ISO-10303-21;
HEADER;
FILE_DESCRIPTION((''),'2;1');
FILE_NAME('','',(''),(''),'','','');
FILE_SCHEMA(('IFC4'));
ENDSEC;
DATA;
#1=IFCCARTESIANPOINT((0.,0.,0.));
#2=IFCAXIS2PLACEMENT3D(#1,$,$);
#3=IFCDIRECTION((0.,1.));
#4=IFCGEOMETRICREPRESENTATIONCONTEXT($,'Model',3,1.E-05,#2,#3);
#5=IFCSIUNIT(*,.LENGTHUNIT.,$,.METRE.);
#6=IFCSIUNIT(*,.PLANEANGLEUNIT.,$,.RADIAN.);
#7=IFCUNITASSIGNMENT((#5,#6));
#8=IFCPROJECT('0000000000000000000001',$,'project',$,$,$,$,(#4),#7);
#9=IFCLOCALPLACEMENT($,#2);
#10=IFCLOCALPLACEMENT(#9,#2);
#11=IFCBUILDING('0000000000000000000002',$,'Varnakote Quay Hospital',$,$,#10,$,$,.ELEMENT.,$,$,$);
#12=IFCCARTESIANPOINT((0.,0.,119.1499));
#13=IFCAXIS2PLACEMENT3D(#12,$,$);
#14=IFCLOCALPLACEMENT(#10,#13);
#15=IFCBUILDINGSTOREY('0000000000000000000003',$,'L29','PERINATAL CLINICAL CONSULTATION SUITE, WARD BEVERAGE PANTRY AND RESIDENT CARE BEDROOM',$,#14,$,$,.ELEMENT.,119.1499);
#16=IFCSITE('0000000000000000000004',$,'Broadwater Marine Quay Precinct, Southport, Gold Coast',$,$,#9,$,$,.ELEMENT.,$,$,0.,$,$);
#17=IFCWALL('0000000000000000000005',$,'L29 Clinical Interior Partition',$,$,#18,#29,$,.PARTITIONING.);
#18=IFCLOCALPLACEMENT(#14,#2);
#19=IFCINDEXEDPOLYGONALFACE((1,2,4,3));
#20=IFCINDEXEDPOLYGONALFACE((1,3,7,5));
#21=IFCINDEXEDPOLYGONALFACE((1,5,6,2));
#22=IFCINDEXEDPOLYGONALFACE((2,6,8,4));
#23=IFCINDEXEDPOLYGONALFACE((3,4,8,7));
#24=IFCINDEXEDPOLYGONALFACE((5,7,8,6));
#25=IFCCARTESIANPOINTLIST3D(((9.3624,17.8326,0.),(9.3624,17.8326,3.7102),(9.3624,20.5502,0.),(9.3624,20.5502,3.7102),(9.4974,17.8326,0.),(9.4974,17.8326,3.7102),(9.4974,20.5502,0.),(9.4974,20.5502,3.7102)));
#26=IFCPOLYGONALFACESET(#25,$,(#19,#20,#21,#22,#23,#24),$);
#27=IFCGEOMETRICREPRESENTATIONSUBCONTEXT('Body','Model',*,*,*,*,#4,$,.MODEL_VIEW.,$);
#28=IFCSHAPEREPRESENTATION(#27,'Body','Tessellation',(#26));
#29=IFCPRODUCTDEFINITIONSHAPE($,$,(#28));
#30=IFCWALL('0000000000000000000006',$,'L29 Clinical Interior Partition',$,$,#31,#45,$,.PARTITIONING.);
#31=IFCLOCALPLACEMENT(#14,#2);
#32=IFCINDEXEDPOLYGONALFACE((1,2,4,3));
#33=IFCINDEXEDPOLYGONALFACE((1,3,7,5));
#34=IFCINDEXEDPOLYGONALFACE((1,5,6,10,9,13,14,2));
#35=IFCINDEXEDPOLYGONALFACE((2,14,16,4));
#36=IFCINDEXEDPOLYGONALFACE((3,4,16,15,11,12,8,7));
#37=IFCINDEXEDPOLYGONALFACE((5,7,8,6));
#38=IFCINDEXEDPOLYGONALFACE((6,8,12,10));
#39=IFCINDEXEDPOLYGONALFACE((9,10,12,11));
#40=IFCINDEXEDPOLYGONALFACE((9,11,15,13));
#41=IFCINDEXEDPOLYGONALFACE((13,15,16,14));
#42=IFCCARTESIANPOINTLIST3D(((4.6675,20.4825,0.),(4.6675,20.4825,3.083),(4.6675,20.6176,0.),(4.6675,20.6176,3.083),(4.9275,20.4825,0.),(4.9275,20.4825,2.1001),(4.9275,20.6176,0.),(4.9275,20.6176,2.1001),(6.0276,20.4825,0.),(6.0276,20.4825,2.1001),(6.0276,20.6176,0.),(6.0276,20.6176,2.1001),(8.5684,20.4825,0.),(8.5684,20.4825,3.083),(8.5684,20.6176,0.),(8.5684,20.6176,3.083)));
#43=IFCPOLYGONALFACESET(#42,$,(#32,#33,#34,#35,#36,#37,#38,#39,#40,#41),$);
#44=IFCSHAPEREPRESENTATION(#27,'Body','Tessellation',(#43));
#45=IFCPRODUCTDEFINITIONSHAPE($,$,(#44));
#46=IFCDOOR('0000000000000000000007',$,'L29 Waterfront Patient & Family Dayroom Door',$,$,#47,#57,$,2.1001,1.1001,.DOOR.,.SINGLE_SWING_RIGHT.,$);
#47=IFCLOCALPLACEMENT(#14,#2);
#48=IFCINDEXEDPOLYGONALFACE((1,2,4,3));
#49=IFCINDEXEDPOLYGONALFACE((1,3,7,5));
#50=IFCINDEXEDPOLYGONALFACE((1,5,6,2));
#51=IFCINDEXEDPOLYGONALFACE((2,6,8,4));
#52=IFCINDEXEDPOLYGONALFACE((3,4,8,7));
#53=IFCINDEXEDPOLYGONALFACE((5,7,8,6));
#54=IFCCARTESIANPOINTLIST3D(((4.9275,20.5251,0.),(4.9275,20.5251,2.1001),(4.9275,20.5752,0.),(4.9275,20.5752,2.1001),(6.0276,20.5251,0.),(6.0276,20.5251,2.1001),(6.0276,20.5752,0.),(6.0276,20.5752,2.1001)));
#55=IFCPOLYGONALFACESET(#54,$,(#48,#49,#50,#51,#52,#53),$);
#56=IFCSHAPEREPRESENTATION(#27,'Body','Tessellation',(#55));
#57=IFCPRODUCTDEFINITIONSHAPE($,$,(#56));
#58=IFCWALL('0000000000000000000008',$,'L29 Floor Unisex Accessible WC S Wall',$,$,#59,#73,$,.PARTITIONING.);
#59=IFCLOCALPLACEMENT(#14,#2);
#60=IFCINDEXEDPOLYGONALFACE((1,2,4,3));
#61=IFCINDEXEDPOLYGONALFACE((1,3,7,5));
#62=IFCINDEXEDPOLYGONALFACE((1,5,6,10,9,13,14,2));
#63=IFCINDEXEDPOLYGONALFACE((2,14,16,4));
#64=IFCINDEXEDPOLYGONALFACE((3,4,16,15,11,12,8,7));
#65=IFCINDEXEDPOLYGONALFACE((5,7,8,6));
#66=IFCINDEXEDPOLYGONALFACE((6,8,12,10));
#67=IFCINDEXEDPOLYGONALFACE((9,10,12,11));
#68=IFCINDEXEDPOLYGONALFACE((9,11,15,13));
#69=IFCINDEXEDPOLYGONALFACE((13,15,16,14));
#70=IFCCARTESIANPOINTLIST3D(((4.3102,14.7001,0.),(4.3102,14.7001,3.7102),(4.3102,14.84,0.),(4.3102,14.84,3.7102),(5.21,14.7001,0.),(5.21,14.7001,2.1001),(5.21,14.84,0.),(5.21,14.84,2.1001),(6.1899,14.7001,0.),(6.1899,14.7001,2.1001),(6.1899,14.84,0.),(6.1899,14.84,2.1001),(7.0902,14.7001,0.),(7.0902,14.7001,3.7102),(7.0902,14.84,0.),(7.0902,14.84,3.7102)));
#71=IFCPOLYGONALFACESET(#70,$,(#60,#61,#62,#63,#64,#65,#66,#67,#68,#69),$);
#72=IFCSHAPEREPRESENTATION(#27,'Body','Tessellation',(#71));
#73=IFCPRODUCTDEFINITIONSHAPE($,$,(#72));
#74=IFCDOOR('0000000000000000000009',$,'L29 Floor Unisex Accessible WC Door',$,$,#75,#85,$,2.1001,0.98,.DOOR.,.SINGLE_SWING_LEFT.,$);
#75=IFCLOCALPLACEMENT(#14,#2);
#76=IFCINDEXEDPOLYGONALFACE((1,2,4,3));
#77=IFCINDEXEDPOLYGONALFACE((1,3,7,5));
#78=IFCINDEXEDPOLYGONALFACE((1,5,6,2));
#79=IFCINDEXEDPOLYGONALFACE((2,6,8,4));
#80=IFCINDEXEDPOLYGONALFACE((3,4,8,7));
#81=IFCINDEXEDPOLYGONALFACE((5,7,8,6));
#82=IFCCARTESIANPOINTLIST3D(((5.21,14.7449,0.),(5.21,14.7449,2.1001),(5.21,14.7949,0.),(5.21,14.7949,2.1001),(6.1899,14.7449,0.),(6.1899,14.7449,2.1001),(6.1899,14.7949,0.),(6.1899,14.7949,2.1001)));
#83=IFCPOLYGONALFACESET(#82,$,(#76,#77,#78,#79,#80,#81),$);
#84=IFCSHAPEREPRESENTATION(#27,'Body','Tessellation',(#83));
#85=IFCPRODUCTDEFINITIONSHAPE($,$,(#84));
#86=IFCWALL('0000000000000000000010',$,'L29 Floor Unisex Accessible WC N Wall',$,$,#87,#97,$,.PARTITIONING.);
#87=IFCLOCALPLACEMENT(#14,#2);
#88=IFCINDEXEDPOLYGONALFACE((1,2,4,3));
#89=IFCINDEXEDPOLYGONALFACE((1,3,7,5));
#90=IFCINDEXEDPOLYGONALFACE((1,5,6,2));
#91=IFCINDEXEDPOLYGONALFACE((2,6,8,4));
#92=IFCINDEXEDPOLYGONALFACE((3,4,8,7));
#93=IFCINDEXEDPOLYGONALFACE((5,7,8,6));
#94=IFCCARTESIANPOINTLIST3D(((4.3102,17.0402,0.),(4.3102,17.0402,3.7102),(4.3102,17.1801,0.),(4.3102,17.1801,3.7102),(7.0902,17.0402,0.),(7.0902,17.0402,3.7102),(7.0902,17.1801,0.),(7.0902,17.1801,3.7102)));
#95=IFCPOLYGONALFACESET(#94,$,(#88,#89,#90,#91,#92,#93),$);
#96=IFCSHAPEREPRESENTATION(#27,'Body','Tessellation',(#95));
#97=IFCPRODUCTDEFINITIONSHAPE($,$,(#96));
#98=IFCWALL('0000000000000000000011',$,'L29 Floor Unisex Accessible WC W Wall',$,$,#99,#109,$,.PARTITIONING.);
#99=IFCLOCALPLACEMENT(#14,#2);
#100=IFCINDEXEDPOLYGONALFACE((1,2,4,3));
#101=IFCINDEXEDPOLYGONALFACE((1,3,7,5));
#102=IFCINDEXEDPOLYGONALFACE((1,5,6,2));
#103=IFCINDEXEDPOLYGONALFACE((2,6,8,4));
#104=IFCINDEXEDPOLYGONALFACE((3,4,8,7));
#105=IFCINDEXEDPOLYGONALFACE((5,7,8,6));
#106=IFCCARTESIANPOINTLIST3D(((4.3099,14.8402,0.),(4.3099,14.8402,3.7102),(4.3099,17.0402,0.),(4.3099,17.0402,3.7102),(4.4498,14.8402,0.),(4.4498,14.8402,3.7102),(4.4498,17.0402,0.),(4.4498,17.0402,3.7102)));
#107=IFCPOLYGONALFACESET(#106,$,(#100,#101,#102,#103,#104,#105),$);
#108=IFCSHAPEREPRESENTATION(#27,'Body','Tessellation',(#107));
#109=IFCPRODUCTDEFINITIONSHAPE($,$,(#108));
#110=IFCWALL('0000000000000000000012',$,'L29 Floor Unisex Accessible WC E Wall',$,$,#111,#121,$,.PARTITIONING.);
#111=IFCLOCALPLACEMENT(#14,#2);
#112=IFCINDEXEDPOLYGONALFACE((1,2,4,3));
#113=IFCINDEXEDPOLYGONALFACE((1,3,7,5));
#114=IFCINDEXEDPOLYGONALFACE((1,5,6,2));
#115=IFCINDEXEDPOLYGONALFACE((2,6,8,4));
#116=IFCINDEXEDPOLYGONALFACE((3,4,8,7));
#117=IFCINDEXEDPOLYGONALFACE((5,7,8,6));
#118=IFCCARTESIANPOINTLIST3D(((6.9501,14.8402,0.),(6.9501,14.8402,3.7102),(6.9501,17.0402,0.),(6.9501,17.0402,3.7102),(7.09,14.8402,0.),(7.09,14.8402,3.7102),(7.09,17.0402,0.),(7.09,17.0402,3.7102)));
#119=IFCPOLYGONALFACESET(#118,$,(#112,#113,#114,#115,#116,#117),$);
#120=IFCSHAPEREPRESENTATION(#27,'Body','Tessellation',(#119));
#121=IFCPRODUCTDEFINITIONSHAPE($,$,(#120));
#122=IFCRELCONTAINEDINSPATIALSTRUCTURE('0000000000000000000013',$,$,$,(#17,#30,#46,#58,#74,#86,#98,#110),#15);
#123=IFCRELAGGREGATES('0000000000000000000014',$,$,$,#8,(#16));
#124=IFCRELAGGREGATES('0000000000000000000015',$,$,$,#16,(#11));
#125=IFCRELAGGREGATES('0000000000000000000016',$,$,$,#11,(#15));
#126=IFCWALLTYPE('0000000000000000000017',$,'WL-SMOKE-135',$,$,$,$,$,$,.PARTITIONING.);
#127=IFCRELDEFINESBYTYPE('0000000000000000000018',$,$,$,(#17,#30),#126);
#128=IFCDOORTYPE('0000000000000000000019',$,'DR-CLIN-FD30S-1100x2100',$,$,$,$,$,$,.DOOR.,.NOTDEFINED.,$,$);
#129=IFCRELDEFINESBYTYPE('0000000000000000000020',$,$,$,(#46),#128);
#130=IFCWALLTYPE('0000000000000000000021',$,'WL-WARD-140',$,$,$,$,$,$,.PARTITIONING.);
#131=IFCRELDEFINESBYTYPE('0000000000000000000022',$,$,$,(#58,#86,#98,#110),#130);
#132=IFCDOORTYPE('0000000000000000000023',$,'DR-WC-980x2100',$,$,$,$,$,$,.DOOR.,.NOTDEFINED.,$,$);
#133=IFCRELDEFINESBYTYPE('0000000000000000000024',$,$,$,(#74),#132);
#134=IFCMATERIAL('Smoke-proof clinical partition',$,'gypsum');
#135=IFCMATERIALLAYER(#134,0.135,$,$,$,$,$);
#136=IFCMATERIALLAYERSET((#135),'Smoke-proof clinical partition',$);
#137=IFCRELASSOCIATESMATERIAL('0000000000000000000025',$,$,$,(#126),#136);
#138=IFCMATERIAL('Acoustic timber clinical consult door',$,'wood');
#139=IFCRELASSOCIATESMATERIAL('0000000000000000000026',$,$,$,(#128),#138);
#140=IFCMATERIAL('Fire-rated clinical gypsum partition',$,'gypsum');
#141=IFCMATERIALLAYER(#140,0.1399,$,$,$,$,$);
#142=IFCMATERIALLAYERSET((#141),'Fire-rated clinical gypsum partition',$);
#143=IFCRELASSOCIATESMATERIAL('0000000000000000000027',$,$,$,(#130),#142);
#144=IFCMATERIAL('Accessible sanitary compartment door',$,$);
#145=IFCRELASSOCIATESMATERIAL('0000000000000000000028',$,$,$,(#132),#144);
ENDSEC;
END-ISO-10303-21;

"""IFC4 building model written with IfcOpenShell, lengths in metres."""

from ifc_helpers import new_model, si_unit, direction, frame, frame_2d, origin, place, context, subcontext, project, spatial, rectangle, extrude, material, layer, layer_set, type_object, element, fill, save


model = new_model("IFC4")

# Units and contexts
model_context = context("Model", 3, precision=1e-05, world=origin(), true_north=direction((0.0, 1.0)))
body_context = subcontext(model_context, "Body", "Model", "MODEL_VIEW")
ifc_project = project(units=[si_unit("LENGTHUNIT", "METRE"), si_unit("PLANEANGLEUNIT", "RADIAN")], contexts=[model_context])

# Site, building, storey
site_placement = place(None, origin())
site = spatial("IfcSite", under=ifc_project, at=site_placement, Name="Broadwater Marine Quay Precinct, Southport, Gold Coast", CompositionType="ELEMENT", RefElevation=0.0)
building_placement = place(site_placement, origin())
building = spatial("IfcBuilding", under=site, at=building_placement, Name="Varnakote Quay Hospital", CompositionType="ELEMENT")
storey_placement = place(building_placement, frame((0.0, 0.0, 119.1499)))
storey = spatial("IfcBuildingStorey", under=building, at=storey_placement, Name="L29", Description="PERINATAL CLINICAL CONSULTATION SUITE, WARD BEVERAGE PANTRY AND RESIDENT CARE BEDROOM", CompositionType="ELEMENT", Elevation=119.1499)

# Wall
ifc_material_1 = material(Name="Smoke-proof clinical partition", Category="gypsum")
ifc_layer_1 = layer(ifc_material_1, 0.135)
ifc_layer_set_1 = layer_set([ifc_layer_1], Name="Smoke-proof clinical partition")
wall_type_1 = type_object("IfcWallType", Name="WL-SMOKE-135", PredefinedType="PARTITIONING", material=ifc_layer_set_1)
wall_1_placement = place(storey_placement, frame((9.4299, 17.8325, 0.0), z_axis=(0.0, 0.0, 1.0), x_axis=(0.0, 1.0, 0.0)))
element("IfcWall", 1, at=wall_1_placement, inside=storey, type_object=wall_type_1, Name="L29 Clinical Interior Partition", PredefinedType="PARTITIONING", context=body_context, shape_type="SweptSolid", body=[
    extrude(rectangle(XDim=2.7175, YDim=0.135, at=frame_2d((1.3589, 0.0))), origin(), (0.0, 0.0, 1.0), 3.7102),
])

# Walls, openings, doors
wall_2_placement = place(storey_placement, frame((8.5684, 20.55, 0.0), z_axis=(0.0, 0.0, 1.0), x_axis=(-1.0, 0.0, 0.0)))
wall_2 = element("IfcWall", 2, at=wall_2_placement, inside=storey, type_object=wall_type_1, Name="L29 Clinical Interior Partition", PredefinedType="PARTITIONING", context=body_context, shape_type="SweptSolid", body=[
    extrude(rectangle(XDim=3.9009, YDim=0.135, at=frame_2d((1.9504, 0.0))), origin(), (0.0, 0.0, 1.0), 3.083),
])
opening_1_placement = place(wall_2_placement, frame((2.5408, 0.0, 0.0)))
opening_1 = element("IfcOpeningElement", 3, at=opening_1_placement, cuts=wall_2, PredefinedType="OPENING", context=body_context, shape_type="SweptSolid", body=[
    extrude(rectangle(XDim=1.1001, YDim=2.1001, at=frame_2d((0.55, 1.05))), frame((0.0, 0.0774, 0.0), z_axis=(0.0, -1.0, 0.0), x_axis=(1.0, 0.0, 0.0)), (0.0, 0.0, 1.0), 0.155),
])
ifc_material_2 = material(Name="Acoustic timber clinical consult door", Category="wood")
door_type_1 = type_object("IfcDoorType", Name="DR-CLIN-FD30S-1100x2100", OperationType="NOTDEFINED", PredefinedType="DOOR", material=ifc_material_2)
door_1_placement = place(opening_1_placement, origin())
door_1 = element("IfcDoor", 4, at=door_1_placement, inside=storey, type_object=door_type_1, Name="L29 Waterfront Patient & Family Dayroom Door", OperationType="SINGLE_SWING_RIGHT", OverallHeight=2.1001, OverallWidth=1.1001, PredefinedType="DOOR", context=body_context, shape_type="SweptSolid", body=[
    extrude(rectangle(XDim=1.1001, YDim=2.1001, at=frame_2d((0.55, 1.05))), frame((0.0, 0.0249, 0.0), z_axis=(0.0, -1.0, 0.0), x_axis=(1.0, 0.0, 0.0)), (0.0, 0.0, 1.0), 0.05),
])
fill(opening_1, door_1)
ifc_material_3 = material(Name="Fire-rated clinical gypsum partition", Category="gypsum")
ifc_layer_2 = layer(ifc_material_3, 0.1399)
ifc_layer_set_2 = layer_set([ifc_layer_2], Name="Fire-rated clinical gypsum partition")
wall_type_2 = type_object("IfcWallType", Name="WL-WARD-140", PredefinedType="PARTITIONING", material=ifc_layer_set_2)
wall_3_placement = place(storey_placement, frame((4.3101, 14.77, 0.0), z_axis=(0.0, 0.0, 1.0), x_axis=(1.0, 0.0, 0.0)))
wall_3 = element("IfcWall", 5, at=wall_3_placement, inside=storey, type_object=wall_type_2, Name="L29 Floor Unisex Accessible WC S Wall", PredefinedType="PARTITIONING", context=body_context, shape_type="SweptSolid", body=[
    extrude(rectangle(XDim=2.78, YDim=0.1399, at=frame_2d((1.3901, 0.0))), origin(), (0.0, 0.0, 1.0), 3.7102),
])
opening_2_placement = place(wall_3_placement, frame((0.8999, 0.0, 0.0)))
opening_2 = element("IfcOpeningElement", 6, at=opening_2_placement, cuts=wall_3, PredefinedType="OPENING", context=body_context, shape_type="SweptSolid", body=[
    extrude(rectangle(XDim=0.98, YDim=2.1001, at=frame_2d((0.49, 1.05))), frame((0.0, 0.0798, 0.0), z_axis=(0.0, -1.0, 0.0), x_axis=(1.0, 0.0, 0.0)), (0.0, 0.0, 1.0), 0.1599),
])
ifc_material_4 = material(Name="Accessible sanitary compartment door")
door_type_2 = type_object("IfcDoorType", Name="DR-WC-980x2100", OperationType="NOTDEFINED", PredefinedType="DOOR", material=ifc_material_4)
door_2_placement = place(opening_2_placement, origin())
door_2 = element("IfcDoor", 7, at=door_2_placement, inside=storey, type_object=door_type_2, Name="L29 Floor Unisex Accessible WC Door", OperationType="SINGLE_SWING_LEFT", OverallHeight=2.1001, OverallWidth=0.98, PredefinedType="DOOR", context=body_context, shape_type="SweptSolid", body=[
    extrude(rectangle(XDim=0.98, YDim=2.1001, at=frame_2d((0.49, 1.05))), frame((0.0, 0.0249, 0.0), z_axis=(0.0, -1.0, 0.0), x_axis=(1.0, 0.0, 0.0)), (0.0, 0.0, 1.0), 0.05),
])
fill(opening_2, door_2)

# Walls
wall_4_placement = place(storey_placement, frame((4.3101, 17.1101, 0.0), z_axis=(0.0, 0.0, 1.0), x_axis=(1.0, 0.0, 0.0)))
element("IfcWall", 8, at=wall_4_placement, inside=storey, type_object=wall_type_2, Name="L29 Floor Unisex Accessible WC N Wall", PredefinedType="PARTITIONING", context=body_context, shape_type="SweptSolid", body=[
    extrude(rectangle(XDim=2.78, YDim=0.1399, at=frame_2d((1.3901, 0.0))), origin(), (0.0, 0.0, 1.0), 3.7102),
])
for number, where, z_axis, x_axis, name in (
    (9, (4.3799, 14.8401, 0.0), (0.0, 0.0, 1.0), (0.0, 1.0, 0.0), "L29 Floor Unisex Accessible WC W Wall"),
    (10, (7.02, 14.8401, 0.0), (0.0, 0.0, 1.0), (0.0, 1.0, 0.0), "L29 Floor Unisex Accessible WC E Wall"),
):
    element("IfcWall", number, at=place(storey_placement, frame(where, z_axis=z_axis, x_axis=x_axis)), inside=storey, type_object=wall_type_2, Name=name, PredefinedType="PARTITIONING", context=body_context, shape_type="SweptSolid", body=[
        extrude(rectangle(XDim=2.2, YDim=0.1399, at=frame_2d((1.1001, 0.0))), origin(), (0.0, 0.0, 1.0), 3.7102),
    ])

save(model, "model.ifc")
